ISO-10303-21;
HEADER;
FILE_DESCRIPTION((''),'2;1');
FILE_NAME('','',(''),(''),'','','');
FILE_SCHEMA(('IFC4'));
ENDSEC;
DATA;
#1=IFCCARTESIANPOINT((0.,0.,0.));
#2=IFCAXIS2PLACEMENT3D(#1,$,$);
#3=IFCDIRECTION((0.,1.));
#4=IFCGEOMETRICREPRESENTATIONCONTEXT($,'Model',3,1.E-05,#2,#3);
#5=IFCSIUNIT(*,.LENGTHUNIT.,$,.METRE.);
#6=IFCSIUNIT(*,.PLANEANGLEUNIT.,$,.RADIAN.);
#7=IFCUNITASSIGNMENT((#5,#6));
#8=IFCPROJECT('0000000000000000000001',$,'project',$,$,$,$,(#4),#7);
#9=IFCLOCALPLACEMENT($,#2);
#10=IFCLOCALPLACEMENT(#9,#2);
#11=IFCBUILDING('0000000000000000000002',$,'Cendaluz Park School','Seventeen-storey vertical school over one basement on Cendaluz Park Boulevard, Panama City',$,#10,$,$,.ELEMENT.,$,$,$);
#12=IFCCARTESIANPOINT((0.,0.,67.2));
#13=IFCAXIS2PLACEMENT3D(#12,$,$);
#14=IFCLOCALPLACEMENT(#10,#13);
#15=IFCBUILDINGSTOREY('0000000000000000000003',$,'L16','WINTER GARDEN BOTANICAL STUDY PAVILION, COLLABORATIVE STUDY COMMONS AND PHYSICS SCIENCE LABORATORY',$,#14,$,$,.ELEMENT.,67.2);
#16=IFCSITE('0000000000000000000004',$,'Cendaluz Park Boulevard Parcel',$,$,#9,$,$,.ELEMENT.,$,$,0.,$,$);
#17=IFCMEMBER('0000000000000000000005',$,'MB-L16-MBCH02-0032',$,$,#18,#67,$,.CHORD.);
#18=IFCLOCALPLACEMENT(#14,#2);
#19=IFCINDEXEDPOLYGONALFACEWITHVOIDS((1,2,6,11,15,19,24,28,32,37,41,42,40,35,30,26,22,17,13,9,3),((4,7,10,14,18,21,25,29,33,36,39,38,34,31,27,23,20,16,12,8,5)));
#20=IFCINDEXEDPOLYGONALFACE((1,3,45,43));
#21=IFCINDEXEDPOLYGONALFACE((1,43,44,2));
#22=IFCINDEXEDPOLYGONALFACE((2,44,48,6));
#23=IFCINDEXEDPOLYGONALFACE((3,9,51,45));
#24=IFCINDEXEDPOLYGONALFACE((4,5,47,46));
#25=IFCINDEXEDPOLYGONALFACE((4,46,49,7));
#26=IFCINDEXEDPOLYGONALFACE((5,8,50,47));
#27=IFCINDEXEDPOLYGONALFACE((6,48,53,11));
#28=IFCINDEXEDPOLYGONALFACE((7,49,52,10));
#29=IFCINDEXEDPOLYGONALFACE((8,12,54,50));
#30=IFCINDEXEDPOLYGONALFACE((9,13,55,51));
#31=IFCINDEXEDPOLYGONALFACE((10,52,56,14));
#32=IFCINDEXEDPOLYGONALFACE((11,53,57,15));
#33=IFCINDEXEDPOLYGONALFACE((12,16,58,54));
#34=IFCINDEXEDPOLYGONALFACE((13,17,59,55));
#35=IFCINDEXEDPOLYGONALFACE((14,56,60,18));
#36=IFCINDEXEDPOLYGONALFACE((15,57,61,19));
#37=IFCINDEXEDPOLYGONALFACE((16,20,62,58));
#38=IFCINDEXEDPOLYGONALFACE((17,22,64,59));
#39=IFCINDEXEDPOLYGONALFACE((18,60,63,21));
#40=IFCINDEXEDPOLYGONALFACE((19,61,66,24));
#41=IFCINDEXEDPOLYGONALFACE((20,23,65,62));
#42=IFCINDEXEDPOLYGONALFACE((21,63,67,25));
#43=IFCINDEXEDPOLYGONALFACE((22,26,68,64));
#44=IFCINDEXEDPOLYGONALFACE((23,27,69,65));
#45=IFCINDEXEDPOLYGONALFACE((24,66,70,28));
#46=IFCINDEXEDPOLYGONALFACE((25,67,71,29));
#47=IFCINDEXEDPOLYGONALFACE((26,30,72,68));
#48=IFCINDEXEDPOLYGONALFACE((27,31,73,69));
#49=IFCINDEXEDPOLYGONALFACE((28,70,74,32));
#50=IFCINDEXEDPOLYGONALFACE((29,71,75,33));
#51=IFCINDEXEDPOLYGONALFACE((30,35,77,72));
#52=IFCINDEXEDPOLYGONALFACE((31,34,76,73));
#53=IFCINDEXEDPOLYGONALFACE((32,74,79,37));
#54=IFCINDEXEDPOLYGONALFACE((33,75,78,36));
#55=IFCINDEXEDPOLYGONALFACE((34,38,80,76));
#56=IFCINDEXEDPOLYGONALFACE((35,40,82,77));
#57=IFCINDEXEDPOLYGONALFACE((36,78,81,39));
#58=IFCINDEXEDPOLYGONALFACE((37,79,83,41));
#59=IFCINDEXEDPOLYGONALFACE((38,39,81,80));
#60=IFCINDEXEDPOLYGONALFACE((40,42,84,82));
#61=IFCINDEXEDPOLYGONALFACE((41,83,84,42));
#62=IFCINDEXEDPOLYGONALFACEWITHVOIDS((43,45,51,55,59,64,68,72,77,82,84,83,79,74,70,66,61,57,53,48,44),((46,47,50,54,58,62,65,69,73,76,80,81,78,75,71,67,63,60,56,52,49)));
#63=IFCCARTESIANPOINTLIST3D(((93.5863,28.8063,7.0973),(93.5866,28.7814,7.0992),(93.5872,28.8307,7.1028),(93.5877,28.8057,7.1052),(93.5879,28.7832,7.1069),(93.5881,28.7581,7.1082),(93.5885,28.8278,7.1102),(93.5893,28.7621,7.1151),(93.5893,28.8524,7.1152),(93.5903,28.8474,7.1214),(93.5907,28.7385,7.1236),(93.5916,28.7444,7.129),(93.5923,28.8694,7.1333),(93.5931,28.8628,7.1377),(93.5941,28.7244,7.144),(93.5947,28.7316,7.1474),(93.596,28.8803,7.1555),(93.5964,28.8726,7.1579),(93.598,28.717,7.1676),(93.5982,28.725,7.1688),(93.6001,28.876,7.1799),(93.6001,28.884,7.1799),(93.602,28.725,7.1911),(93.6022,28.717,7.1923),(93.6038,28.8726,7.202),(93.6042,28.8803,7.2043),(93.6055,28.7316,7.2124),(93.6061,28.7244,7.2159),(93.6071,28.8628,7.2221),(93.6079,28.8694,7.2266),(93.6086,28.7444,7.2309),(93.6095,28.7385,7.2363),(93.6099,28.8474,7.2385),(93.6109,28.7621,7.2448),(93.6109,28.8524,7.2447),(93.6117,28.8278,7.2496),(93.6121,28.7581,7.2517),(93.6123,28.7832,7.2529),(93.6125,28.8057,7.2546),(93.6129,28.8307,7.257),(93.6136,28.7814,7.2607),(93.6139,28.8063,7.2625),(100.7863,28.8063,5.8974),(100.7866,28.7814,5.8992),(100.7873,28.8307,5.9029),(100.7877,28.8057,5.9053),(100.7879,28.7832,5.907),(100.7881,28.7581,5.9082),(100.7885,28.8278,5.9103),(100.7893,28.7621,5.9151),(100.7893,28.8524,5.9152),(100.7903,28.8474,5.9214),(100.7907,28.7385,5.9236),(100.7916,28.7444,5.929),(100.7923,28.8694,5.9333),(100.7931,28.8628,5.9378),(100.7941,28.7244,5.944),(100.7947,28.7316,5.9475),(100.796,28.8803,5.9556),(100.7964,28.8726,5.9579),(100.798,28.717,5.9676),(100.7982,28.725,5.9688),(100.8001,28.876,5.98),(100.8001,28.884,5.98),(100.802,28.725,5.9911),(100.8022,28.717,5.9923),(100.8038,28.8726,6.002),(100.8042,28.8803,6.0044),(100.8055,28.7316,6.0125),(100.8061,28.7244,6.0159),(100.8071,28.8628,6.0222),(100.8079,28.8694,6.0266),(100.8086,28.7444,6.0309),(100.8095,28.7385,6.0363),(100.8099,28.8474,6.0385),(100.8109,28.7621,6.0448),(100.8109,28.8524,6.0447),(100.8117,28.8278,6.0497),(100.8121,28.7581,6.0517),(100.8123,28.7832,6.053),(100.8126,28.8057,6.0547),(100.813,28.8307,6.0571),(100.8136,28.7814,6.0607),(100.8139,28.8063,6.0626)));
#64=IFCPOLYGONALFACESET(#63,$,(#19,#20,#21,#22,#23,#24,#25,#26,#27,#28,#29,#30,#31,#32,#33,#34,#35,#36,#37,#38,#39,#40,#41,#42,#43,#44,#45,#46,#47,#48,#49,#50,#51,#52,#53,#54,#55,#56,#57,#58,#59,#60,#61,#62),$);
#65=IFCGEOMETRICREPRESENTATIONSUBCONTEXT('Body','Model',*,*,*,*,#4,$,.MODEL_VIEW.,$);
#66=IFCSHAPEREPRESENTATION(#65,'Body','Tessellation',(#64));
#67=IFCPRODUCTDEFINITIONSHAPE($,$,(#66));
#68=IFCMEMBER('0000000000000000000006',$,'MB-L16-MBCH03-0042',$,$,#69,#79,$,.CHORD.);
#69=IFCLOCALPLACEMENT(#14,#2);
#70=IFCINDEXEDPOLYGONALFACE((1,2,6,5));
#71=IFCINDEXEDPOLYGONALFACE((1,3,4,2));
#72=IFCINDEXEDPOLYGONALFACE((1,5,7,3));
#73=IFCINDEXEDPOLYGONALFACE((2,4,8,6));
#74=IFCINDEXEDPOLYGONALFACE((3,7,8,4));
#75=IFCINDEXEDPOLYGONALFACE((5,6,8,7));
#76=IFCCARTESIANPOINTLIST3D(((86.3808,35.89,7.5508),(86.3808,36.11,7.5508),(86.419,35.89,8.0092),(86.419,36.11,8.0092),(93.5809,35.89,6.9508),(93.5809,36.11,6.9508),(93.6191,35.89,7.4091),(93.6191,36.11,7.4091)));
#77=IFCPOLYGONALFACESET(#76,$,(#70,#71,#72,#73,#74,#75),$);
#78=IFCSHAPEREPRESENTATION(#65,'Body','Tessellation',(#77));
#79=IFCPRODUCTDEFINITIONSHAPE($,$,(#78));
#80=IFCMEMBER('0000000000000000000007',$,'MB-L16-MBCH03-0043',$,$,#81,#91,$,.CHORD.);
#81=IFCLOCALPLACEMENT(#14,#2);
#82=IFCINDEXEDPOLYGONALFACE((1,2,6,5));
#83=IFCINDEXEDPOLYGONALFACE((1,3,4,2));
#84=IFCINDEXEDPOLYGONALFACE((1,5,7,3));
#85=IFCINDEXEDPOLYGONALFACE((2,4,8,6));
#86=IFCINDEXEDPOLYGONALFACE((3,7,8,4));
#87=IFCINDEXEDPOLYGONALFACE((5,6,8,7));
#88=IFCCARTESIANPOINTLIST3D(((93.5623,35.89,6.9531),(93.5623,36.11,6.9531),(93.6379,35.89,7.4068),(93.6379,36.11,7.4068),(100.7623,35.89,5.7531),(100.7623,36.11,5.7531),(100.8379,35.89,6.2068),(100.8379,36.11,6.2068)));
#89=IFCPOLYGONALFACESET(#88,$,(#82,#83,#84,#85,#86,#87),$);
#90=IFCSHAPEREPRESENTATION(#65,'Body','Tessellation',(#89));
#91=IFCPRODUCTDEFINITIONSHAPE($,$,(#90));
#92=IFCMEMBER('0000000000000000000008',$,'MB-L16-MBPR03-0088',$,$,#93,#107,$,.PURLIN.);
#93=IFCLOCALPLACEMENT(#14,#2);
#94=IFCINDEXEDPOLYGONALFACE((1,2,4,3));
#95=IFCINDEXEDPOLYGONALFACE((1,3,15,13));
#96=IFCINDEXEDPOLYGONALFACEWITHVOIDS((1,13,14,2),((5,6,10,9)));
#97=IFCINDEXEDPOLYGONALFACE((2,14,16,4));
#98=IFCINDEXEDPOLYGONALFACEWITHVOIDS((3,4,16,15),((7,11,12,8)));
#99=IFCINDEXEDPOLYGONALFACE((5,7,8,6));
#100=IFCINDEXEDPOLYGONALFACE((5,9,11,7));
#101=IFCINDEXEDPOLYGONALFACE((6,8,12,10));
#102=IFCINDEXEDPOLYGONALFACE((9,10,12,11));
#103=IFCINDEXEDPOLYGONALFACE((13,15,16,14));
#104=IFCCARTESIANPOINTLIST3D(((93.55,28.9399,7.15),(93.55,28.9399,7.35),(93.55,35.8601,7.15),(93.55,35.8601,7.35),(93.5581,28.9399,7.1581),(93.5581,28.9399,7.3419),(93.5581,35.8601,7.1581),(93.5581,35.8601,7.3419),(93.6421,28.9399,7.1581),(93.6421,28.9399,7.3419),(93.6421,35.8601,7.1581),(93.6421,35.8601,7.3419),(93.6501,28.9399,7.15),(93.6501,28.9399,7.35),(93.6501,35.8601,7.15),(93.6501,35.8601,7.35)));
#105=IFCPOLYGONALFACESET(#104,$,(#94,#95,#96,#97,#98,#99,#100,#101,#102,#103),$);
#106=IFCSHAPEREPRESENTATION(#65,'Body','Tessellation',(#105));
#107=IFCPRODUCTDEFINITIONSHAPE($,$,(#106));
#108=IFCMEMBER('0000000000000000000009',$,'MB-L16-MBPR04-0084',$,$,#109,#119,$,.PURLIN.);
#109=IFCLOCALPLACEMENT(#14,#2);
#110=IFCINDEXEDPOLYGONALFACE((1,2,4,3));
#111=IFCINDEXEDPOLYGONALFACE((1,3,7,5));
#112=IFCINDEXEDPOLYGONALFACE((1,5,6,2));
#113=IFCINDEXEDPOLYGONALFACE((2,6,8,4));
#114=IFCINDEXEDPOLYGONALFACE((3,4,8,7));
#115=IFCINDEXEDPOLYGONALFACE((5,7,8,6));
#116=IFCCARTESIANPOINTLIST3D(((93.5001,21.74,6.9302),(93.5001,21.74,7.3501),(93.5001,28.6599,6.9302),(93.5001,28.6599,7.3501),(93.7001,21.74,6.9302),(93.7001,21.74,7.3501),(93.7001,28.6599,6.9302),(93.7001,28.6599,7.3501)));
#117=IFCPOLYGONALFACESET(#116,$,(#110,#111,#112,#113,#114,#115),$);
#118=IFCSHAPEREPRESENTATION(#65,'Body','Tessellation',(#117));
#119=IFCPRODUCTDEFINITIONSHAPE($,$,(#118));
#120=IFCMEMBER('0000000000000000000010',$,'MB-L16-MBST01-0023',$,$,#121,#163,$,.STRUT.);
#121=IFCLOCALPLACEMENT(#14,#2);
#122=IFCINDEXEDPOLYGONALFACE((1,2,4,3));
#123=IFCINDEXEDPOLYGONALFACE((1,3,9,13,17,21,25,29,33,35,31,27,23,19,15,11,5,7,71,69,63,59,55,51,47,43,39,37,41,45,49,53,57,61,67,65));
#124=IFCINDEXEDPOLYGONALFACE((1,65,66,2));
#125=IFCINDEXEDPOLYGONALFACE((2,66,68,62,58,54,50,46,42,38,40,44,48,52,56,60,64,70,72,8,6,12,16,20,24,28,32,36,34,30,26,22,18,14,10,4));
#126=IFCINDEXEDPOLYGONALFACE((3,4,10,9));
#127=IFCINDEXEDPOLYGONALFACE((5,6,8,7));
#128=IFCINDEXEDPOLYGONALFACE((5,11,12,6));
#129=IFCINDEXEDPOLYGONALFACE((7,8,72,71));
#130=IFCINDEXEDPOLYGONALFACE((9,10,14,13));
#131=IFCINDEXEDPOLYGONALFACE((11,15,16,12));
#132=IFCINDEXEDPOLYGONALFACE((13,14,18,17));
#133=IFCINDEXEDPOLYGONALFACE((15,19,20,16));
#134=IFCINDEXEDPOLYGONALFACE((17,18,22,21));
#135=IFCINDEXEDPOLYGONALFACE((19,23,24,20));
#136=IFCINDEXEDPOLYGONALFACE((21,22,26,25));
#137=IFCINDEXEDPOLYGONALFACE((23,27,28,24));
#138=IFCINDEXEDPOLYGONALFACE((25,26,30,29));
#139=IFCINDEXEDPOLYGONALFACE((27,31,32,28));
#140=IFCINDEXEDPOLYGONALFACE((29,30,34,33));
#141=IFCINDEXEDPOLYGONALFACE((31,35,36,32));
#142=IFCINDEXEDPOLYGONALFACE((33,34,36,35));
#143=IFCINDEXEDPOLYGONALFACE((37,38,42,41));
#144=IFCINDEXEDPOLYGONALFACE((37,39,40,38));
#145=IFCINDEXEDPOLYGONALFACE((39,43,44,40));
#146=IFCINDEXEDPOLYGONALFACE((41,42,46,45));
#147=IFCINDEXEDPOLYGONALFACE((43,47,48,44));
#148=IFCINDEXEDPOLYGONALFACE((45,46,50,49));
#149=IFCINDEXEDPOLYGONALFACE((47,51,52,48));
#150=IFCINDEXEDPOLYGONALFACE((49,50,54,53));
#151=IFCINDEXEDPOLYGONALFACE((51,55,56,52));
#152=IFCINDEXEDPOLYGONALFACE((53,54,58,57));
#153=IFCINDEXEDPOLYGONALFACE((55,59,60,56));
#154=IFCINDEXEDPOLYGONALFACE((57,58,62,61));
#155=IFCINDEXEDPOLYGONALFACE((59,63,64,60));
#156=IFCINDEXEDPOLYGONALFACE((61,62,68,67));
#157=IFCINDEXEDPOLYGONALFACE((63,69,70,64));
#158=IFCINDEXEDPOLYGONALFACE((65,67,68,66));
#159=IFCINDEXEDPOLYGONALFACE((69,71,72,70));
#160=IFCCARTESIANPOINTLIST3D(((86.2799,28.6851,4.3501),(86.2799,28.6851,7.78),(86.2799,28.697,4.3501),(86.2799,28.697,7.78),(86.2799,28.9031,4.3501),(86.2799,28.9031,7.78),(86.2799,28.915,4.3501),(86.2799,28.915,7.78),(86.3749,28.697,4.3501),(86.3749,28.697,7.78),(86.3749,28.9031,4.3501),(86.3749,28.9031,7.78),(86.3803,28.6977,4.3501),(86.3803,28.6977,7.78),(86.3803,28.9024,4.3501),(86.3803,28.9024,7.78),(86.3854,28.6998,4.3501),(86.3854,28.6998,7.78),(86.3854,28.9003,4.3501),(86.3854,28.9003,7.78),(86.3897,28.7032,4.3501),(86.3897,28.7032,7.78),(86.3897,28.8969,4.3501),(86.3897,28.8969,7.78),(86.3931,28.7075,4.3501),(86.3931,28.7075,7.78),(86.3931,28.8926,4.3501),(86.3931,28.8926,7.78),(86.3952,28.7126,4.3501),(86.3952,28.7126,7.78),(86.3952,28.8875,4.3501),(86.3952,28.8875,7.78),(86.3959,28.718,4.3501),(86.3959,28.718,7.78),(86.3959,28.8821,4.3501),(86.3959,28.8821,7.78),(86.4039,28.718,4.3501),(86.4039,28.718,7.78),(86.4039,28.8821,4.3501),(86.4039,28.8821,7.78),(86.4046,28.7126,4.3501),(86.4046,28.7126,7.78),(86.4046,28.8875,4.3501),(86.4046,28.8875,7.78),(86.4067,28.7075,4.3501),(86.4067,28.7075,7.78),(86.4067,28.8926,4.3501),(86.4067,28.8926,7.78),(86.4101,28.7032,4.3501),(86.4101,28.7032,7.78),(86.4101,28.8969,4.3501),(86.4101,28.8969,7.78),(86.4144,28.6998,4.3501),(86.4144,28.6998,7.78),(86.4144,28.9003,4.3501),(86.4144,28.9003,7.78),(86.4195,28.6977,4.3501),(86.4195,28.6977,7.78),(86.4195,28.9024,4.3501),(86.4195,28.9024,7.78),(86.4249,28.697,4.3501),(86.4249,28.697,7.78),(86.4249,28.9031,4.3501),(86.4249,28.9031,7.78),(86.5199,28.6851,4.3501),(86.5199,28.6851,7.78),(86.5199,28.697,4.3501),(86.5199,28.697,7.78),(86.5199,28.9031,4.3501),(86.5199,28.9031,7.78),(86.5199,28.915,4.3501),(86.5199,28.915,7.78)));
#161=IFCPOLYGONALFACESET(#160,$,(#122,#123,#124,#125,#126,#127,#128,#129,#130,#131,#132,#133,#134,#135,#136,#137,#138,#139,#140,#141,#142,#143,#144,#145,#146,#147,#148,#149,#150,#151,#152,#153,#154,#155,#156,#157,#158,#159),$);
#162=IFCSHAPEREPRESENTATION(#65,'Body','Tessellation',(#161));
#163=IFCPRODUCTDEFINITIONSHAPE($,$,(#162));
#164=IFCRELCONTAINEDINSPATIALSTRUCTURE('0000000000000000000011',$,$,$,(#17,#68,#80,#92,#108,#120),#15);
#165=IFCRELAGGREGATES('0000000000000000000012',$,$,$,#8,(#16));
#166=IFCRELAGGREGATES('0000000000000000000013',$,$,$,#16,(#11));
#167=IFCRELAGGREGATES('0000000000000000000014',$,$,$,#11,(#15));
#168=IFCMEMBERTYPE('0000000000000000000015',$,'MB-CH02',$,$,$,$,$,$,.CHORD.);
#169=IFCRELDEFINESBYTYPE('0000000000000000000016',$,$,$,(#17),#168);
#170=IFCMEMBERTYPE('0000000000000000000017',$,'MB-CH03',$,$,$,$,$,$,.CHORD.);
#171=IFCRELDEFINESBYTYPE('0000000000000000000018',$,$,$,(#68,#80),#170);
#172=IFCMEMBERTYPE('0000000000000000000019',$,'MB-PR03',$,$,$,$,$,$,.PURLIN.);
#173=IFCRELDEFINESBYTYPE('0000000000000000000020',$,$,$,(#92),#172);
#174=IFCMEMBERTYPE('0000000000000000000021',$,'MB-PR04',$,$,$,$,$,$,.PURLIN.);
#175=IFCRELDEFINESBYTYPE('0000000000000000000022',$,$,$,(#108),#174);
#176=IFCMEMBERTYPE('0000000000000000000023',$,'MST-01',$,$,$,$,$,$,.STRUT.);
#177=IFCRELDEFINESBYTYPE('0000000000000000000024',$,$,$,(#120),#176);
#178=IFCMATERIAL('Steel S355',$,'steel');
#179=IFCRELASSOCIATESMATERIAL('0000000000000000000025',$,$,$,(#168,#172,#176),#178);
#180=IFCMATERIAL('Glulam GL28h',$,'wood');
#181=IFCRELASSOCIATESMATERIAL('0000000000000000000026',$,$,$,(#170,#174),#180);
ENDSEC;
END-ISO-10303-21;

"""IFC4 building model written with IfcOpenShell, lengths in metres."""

from ifc_helpers import new_model, si_unit, direction, frame, origin, origin_2d, place, context, subcontext, project, spatial, rectangle, hollow_rectangle, hollow_circle, i_section, extrude, material, material_profile, profile_set, type_object, element, save


model = new_model("IFC4")

# Units and contexts
model_context = context("Model", 3, precision=1e-05, world=origin(), true_north=direction((0.0, 1.0)))
body_context = subcontext(model_context, "Body", "Model", "MODEL_VIEW")
ifc_project = project(units=[si_unit("LENGTHUNIT", "METRE"), si_unit("PLANEANGLEUNIT", "RADIAN")], contexts=[model_context])

# Site, building, storey
site_placement = place(None, origin())
site = spatial("IfcSite", under=ifc_project, at=site_placement, Name="Cendaluz Park Boulevard Parcel", CompositionType="ELEMENT", RefElevation=0.0)
building_placement = place(site_placement, origin())
building = spatial("IfcBuilding", under=site, at=building_placement, Name="Cendaluz Park School", Description="Seventeen-storey vertical school over one basement on Cendaluz Park Boulevard, Panama City", CompositionType="ELEMENT")
storey_placement = place(building_placement, frame((0.0, 0.0, 67.2)))
storey = spatial("IfcBuildingStorey", under=building, at=storey_placement, Name="L16", Description="WINTER GARDEN BOTANICAL STUDY PAVILION, COLLABORATIVE STUDY COMMONS AND PHYSICS SCIENCE LABORATORY", CompositionType="ELEMENT", Elevation=67.2)

# Shared definitions
ifc_material_1 = material(Name="Steel S355", Category="steel")

# Members
ifc_material_profile_1 = material_profile(ifc_material_1, hollow_circle(Radius=0.084, WallThickness=0.0081, at=origin_2d()), Name="CHS 168x8", Category="steel")
ifc_profile_set_1 = profile_set([ifc_material_profile_1], Name="Steel S355")
member_type_1 = type_object("IfcMemberType", Name="MB-CH02", PredefinedType="CHORD", material=ifc_profile_set_1)
member_1_placement = place(storey_placement, frame((93.6001, 28.8, 7.1799), z_axis=(0.986395, 0.0, -0.164394), x_axis=(0.0, 1.0, 0.0)))
element("IfcMember", 1, at=member_1_placement, inside=storey, type_object=member_type_1, Name="MB-L16-MBCH02-0032", PredefinedType="CHORD", context=body_context, shape_type="SweptSolid", body=[
    extrude(hollow_circle(Radius=0.084, WallThickness=0.0081, at=origin_2d()), origin(), (0.0, 0.0, 1.0), 7.2993),
])
ifc_material_2 = material(Name="Glulam GL28h", Category="wood")
ifc_material_profile_2 = material_profile(ifc_material_2, rectangle(XDim=0.22, YDim=0.46, at=origin_2d()), Name="GL28h 220x460", Category="wood")
ifc_profile_set_2 = profile_set([ifc_material_profile_2], Name="Glulam GL28h")
member_type_2 = type_object("IfcMemberType", Name="MB-CH03", PredefinedType="CHORD", material=ifc_profile_set_2)
member_2_placement = place(storey_placement, frame((86.3999, 36.0, 7.78), z_axis=(0.996545, 0.0, -0.083057), x_axis=(0.0, 1.0, 0.0)))
element("IfcMember", 2, at=member_2_placement, inside=storey, type_object=member_type_2, Name="MB-L16-MBCH03-0042", PredefinedType="CHORD", context=body_context, shape_type="SweptSolid", body=[
    extrude(rectangle(XDim=0.22, YDim=0.46, at=origin_2d()), origin(), (0.0, 0.0, 1.0), 7.2251),
])
member_3_placement = place(storey_placement, frame((93.6001, 36.0, 7.1799), z_axis=(0.986395, 0.0, -0.164394), x_axis=(0.0, 1.0, 0.0)))
element("IfcMember", 3, at=member_3_placement, inside=storey, type_object=member_type_2, Name="MB-L16-MBCH03-0043", PredefinedType="CHORD", context=body_context, shape_type="SweptSolid", body=[
    extrude(rectangle(XDim=0.22, YDim=0.46, at=origin_2d()), origin(), (0.0, 0.0, 1.0), 7.2993),
])
ifc_material_profile_3 = material_profile(ifc_material_1, hollow_rectangle(XDim=0.1001, YDim=0.2, WallThickness=0.0081, at=origin_2d()), Name="RHS 200x100x8", Category="steel")
ifc_profile_set_3 = profile_set([ifc_material_profile_3], Name="Steel S355")
member_type_3 = type_object("IfcMemberType", Name="MB-PR03", PredefinedType="PURLIN", material=ifc_profile_set_3)
member_4_placement = place(storey_placement, frame((93.6001, 28.9399, 7.25), z_axis=(0.0, 1.0, 0.0), x_axis=(-1.0, 0.0, 0.0)))
element("IfcMember", 4, at=member_4_placement, inside=storey, type_object=member_type_3, Name="MB-L16-MBPR03-0088", PredefinedType="PURLIN", context=body_context, shape_type="SweptSolid", body=[
    extrude(hollow_rectangle(XDim=0.1001, YDim=0.2, WallThickness=0.0081, at=origin_2d()), origin(), (0.0, 0.0, 1.0), 6.9202),
])
ifc_material_profile_4 = material_profile(ifc_material_2, rectangle(XDim=0.2, YDim=0.4199, at=origin_2d()), Name="GL28h 200x420", Category="wood")
ifc_profile_set_4 = profile_set([ifc_material_profile_4], Name="Glulam GL28h")
member_type_4 = type_object("IfcMemberType", Name="MB-PR04", PredefinedType="PURLIN", material=ifc_profile_set_4)
member_5_placement = place(storey_placement, frame((93.6001, 21.74, 7.1401), z_axis=(0.0, 1.0, 0.0), x_axis=(-1.0, 0.0, 0.0)))
element("IfcMember", 5, at=member_5_placement, inside=storey, type_object=member_type_4, Name="MB-L16-MBPR04-0084", PredefinedType="PURLIN", context=body_context, shape_type="SweptSolid", body=[
    extrude(rectangle(XDim=0.2, YDim=0.4199, at=origin_2d()), origin(), (0.0, 0.0, 1.0), 6.9199),
])
ifc_material_profile_5 = material_profile(ifc_material_1, i_section(OverallWidth=0.24, OverallDepth=0.23, WebThickness=0.0081, FlangeThickness=0.012, FilletRadius=0.021, at=origin_2d()), Name="HEA 240", Category="steel")
ifc_profile_set_5 = profile_set([ifc_material_profile_5], Name="Steel S355")
member_type_5 = type_object("IfcMemberType", Name="MST-01", PredefinedType="STRUT", material=ifc_profile_set_5)
for number, where, z_axis, x_axis, name in (
    (6, (86.3999, 28.8, 4.3501), (0.0, 0.0, 1.0), (1.0, 0.0, 0.0), "MB-L16-MBST01-0023"),
):
    element("IfcMember", number, at=place(storey_placement, frame(where, z_axis=z_axis, x_axis=x_axis)), inside=storey, type_object=member_type_5, Name=name, PredefinedType="STRUT", context=body_context, shape_type="SweptSolid", body=[
        extrude(i_section(OverallWidth=0.24, OverallDepth=0.23, WebThickness=0.0081, FlangeThickness=0.012, FilletRadius=0.021, at=origin_2d()), origin(), (0.0, 0.0, 1.0), 3.4299),
    ])

save(model, "model.ifc")
